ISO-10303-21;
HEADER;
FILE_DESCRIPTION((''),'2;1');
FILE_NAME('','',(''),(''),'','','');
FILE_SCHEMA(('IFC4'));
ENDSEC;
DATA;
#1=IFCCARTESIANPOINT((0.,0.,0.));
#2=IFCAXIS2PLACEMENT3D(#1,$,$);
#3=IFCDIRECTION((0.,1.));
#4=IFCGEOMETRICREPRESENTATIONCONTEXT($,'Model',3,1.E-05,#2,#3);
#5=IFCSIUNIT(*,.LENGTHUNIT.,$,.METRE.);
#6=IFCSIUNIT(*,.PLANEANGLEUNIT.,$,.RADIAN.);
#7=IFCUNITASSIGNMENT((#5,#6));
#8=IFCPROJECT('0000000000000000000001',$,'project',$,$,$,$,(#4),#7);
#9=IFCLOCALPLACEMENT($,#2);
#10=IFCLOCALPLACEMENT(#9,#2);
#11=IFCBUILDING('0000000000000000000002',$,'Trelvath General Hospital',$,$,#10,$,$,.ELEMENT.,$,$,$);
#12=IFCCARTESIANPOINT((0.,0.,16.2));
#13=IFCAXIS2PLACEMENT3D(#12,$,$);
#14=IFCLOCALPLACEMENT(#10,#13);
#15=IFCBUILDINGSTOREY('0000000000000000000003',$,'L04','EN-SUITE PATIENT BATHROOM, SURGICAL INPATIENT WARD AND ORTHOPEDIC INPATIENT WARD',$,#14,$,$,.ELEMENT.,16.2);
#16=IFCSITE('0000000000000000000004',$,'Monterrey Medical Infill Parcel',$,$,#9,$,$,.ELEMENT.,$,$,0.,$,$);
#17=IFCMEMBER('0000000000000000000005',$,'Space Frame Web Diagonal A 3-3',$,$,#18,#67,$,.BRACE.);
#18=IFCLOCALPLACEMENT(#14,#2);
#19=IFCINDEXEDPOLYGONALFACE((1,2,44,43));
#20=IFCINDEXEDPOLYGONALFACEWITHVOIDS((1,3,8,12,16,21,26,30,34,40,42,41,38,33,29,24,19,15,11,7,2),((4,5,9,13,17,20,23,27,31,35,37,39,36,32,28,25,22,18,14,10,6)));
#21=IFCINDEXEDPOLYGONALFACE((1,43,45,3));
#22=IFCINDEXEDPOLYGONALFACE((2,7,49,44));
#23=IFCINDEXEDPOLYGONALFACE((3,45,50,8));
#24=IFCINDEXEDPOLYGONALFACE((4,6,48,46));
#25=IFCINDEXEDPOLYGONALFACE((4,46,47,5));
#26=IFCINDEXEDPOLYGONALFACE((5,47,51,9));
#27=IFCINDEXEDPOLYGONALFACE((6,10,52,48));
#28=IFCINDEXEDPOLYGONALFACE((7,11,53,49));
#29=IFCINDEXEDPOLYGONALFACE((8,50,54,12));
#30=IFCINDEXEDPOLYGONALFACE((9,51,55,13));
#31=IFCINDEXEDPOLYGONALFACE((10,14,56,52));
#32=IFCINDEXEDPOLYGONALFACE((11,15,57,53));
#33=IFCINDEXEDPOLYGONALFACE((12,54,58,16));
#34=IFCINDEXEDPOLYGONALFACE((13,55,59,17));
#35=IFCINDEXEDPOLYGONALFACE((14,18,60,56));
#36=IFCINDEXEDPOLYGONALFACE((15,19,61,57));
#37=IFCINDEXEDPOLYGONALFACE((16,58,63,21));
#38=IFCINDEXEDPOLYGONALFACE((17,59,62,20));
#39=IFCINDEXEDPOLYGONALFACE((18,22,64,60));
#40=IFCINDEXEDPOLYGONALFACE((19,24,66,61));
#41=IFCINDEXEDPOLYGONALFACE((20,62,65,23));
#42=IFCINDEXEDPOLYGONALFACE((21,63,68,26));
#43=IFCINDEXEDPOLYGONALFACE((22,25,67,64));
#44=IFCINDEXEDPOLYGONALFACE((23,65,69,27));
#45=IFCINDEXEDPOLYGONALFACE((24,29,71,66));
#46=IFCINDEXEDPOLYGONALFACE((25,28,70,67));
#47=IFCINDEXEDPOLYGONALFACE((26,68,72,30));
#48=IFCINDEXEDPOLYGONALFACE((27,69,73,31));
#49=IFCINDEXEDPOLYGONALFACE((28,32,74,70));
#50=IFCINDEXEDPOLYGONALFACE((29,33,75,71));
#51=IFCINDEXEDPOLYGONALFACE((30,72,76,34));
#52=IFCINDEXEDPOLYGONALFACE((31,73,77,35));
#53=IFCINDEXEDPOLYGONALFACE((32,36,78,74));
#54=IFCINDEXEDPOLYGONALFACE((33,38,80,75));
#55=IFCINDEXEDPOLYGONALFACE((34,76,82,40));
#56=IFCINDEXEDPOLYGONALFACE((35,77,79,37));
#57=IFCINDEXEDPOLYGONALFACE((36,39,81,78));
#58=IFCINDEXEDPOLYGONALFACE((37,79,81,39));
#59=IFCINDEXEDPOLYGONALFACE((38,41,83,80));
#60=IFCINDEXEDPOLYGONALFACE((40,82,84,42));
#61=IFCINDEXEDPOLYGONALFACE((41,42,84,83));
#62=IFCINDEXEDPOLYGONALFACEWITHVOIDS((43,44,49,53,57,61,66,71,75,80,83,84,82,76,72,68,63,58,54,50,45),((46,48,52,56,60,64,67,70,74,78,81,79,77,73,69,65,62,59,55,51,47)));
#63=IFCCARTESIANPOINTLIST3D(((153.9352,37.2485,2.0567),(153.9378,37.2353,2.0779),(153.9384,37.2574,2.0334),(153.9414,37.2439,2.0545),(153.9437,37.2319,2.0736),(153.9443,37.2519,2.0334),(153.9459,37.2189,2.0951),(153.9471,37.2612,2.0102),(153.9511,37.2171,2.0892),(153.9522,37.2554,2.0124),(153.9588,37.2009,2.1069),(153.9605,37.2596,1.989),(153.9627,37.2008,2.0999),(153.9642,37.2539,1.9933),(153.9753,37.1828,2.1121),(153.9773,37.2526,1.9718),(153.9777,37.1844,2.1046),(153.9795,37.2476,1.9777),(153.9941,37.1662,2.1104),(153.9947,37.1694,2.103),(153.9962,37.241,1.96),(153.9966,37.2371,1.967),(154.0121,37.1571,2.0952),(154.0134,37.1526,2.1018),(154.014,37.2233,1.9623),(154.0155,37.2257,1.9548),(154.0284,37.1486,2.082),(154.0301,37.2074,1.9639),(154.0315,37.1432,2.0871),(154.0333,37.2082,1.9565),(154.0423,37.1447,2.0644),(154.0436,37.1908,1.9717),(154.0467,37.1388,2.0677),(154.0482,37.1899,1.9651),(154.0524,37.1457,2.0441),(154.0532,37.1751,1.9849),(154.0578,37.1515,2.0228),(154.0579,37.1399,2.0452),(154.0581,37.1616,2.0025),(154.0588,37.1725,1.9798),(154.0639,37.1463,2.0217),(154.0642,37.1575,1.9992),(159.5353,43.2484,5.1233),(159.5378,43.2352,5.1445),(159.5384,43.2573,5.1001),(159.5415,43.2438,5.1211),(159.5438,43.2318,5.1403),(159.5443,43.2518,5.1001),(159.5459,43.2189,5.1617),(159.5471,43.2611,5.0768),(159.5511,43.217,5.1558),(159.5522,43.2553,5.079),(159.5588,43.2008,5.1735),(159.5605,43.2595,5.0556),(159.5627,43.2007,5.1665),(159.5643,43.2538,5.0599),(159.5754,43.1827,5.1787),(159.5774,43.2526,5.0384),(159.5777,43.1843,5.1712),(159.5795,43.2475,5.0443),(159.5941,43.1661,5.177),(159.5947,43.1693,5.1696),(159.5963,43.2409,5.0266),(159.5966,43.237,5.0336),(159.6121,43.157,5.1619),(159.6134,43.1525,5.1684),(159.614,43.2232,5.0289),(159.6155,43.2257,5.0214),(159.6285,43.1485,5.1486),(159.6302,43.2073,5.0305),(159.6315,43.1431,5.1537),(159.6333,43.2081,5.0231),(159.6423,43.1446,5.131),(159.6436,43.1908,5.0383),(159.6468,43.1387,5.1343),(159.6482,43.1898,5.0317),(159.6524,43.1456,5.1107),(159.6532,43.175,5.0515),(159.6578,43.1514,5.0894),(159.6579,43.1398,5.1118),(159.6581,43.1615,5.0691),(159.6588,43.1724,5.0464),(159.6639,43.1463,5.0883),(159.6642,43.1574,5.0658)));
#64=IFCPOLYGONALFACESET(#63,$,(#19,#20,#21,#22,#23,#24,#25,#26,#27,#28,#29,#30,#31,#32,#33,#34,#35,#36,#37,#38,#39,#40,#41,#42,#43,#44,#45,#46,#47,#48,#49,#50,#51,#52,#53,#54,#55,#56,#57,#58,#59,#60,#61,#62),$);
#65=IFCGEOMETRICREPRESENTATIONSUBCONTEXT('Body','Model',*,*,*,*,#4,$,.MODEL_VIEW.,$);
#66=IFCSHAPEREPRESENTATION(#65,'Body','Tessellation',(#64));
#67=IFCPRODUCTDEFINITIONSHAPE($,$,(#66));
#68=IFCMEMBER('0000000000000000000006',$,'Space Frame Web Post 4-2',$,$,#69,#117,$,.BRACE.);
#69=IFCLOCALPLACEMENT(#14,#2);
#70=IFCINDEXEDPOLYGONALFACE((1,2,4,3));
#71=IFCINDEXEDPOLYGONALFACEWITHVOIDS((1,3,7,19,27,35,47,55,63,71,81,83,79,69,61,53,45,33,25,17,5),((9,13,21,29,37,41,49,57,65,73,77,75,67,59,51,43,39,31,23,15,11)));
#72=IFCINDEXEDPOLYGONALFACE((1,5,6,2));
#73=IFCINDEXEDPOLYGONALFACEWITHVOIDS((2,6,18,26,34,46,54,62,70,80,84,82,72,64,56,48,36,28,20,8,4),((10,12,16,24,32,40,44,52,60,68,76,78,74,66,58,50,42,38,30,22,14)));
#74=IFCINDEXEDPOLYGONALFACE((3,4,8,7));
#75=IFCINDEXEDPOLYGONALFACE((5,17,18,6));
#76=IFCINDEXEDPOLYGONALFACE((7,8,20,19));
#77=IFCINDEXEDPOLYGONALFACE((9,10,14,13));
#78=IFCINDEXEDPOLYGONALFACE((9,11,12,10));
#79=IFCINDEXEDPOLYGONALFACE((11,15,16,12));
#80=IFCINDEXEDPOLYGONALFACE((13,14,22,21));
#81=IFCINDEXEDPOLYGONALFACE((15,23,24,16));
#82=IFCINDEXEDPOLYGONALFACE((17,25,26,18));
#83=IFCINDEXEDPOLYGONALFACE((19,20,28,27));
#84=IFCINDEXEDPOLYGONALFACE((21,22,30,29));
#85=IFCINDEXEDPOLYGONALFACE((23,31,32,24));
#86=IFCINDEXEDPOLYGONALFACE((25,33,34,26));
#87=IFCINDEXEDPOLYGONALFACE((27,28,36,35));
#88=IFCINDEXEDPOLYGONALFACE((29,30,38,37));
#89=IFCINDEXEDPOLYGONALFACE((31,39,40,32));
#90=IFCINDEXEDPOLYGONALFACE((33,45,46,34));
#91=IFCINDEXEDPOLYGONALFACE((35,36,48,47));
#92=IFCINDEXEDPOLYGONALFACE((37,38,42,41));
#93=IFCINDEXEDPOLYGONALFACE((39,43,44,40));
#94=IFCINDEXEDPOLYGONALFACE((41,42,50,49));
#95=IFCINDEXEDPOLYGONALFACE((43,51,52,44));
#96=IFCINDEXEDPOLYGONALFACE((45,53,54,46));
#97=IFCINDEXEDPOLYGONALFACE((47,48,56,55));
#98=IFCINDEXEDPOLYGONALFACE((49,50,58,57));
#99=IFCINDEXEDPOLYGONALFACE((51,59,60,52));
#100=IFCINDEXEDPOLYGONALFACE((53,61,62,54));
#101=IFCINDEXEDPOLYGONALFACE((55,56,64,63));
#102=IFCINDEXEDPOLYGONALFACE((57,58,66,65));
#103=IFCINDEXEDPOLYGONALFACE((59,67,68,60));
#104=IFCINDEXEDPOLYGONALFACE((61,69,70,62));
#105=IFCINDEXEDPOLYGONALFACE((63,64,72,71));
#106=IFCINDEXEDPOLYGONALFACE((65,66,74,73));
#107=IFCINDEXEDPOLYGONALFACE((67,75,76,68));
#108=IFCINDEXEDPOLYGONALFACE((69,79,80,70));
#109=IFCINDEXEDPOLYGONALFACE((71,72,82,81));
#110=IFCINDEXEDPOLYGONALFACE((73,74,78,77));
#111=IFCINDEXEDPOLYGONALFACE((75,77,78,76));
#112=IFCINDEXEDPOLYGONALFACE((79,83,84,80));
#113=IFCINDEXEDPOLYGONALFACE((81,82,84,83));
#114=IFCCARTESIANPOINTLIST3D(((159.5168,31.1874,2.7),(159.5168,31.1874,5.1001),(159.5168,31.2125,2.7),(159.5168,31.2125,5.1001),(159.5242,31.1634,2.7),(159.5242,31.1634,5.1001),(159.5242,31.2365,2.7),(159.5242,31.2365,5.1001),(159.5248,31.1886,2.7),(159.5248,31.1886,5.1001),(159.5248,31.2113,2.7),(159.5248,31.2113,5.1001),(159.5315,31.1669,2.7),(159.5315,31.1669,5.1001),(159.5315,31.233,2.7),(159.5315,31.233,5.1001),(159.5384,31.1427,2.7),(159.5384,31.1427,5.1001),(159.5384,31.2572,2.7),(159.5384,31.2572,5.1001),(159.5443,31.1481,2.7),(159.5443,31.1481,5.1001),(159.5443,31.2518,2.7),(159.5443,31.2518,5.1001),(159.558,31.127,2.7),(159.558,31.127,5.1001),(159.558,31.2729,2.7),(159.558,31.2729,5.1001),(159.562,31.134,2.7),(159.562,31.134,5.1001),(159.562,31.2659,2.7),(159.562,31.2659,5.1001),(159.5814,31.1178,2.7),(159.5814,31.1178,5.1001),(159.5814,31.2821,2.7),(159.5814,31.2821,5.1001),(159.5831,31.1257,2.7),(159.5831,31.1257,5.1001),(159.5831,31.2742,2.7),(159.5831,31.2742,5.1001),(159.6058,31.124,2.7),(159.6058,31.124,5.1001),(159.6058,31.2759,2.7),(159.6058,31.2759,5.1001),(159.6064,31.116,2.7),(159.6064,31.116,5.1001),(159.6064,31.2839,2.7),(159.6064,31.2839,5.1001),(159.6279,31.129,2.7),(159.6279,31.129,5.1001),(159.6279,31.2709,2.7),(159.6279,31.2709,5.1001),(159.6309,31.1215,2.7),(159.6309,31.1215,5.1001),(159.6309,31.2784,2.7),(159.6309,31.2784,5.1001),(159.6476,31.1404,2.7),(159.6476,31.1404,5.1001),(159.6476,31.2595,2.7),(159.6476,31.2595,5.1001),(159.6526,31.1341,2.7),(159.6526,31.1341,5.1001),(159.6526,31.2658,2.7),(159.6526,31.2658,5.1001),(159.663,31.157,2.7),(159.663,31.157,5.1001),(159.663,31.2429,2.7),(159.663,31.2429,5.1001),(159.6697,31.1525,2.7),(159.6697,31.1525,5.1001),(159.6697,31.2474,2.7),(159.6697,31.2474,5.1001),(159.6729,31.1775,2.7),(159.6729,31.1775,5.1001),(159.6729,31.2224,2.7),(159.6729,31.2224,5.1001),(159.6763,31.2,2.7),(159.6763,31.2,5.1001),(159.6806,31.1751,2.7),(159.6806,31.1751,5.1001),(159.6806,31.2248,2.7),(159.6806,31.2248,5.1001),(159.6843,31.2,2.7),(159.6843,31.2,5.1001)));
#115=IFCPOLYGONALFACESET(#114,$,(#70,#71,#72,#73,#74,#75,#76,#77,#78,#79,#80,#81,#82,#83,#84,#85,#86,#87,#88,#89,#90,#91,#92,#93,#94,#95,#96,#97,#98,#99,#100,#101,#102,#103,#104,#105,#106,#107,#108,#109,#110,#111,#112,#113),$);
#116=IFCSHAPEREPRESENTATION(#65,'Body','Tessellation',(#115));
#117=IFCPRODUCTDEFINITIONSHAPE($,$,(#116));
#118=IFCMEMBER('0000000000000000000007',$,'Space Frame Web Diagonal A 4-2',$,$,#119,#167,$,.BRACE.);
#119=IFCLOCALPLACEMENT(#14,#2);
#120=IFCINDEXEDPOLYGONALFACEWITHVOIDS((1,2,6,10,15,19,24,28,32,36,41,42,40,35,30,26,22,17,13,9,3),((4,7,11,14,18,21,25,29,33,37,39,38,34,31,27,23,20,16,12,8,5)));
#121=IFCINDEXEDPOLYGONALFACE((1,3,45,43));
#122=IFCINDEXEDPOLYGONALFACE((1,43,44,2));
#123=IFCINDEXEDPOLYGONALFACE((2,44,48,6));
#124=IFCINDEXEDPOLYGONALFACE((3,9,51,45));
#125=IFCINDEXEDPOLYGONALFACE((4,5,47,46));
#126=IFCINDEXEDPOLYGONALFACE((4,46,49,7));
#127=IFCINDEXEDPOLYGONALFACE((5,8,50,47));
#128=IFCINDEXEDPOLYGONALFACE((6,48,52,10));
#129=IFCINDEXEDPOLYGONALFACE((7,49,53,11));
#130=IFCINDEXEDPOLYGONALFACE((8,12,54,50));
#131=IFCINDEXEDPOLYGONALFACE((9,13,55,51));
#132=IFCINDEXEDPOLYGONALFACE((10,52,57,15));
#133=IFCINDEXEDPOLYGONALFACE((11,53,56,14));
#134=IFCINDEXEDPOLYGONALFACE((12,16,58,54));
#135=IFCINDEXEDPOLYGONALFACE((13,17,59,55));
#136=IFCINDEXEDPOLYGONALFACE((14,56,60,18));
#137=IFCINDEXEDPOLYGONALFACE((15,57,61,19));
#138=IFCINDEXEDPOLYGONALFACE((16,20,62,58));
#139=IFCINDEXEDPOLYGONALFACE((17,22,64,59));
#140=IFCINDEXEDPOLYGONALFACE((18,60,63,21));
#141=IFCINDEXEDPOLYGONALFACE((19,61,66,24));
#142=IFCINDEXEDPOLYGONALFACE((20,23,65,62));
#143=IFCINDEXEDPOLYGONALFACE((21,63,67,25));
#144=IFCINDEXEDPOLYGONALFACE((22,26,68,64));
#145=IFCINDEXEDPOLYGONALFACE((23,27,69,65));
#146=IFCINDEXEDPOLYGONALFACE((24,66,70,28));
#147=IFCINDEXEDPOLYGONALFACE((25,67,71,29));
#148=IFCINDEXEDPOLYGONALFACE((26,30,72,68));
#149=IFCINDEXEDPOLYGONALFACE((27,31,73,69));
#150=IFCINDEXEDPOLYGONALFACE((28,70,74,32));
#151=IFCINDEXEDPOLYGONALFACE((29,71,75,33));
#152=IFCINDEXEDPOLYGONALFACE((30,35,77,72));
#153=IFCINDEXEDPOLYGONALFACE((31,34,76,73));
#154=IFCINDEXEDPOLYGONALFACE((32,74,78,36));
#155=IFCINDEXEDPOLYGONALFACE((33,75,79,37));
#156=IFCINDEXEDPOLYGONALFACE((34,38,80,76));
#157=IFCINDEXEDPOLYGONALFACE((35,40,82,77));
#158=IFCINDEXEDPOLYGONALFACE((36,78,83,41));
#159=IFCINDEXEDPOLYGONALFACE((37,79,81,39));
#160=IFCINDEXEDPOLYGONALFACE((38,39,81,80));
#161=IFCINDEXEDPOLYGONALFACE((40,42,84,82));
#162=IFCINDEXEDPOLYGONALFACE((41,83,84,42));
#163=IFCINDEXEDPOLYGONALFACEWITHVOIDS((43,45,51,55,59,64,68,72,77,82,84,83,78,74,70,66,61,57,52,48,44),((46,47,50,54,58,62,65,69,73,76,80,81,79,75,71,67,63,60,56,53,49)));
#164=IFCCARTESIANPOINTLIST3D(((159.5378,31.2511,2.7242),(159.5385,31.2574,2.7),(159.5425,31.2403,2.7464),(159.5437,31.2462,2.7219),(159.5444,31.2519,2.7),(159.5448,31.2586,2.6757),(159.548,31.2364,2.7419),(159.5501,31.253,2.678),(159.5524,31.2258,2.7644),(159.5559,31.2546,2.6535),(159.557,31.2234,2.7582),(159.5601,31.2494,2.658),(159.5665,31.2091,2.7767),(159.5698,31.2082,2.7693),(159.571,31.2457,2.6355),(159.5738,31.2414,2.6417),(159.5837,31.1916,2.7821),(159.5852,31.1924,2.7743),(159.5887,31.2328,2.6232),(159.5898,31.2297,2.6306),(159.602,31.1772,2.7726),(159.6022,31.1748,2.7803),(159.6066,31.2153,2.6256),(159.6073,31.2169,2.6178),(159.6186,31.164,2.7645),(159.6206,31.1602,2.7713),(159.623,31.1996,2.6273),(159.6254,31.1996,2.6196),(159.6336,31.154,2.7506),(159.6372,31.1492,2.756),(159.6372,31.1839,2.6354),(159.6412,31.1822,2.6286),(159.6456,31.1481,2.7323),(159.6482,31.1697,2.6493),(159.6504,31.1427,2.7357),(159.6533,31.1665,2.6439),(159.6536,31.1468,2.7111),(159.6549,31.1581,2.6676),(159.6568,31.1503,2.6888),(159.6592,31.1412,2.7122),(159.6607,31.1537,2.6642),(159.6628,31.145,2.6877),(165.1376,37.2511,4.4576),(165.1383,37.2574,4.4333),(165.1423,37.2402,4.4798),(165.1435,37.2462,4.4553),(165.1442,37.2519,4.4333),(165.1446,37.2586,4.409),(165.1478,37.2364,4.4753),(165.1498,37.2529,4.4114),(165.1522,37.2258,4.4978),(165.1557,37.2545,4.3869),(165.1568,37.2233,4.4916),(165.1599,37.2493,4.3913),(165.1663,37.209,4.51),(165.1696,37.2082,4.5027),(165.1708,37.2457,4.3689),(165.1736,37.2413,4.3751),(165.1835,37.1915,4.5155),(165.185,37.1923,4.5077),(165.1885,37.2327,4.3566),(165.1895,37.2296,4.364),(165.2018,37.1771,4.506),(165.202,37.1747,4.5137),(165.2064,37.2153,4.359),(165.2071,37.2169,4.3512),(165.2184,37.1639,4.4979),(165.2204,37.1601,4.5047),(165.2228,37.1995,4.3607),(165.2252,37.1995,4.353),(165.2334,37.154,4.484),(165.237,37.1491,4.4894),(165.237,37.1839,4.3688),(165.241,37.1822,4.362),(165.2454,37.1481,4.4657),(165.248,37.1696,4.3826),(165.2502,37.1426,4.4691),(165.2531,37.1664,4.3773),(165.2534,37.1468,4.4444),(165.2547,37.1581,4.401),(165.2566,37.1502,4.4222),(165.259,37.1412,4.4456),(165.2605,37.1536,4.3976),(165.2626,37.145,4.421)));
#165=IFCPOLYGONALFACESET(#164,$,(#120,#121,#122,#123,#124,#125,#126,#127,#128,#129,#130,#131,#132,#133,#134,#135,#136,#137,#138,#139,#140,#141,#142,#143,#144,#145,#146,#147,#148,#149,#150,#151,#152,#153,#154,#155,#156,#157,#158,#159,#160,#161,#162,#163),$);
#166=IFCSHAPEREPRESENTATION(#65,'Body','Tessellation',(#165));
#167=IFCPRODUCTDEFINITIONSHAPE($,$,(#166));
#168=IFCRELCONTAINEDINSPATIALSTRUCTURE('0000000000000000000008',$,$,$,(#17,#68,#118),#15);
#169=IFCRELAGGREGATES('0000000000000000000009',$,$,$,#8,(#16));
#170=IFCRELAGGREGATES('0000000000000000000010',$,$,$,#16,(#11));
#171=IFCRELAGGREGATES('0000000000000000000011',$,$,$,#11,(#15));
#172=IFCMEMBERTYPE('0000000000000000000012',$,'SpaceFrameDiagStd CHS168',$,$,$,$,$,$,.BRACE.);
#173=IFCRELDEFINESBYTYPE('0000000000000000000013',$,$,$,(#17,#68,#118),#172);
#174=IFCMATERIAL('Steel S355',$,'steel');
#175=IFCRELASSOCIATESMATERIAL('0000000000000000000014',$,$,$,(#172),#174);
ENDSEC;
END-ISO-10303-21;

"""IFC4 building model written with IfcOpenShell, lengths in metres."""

from ifc_helpers import new_model, si_unit, direction, frame, origin, origin_2d, place, context, subcontext, project, spatial, hollow_circle, extrude, material, material_profile, profile_set, type_object, element, save


model = new_model("IFC4")

# Units and contexts
model_context = context("Model", 3, precision=1e-05, world=origin(), true_north=direction((0.0, 1.0)))
body_context = subcontext(model_context, "Body", "Model", "MODEL_VIEW")
ifc_project = project(units=[si_unit("LENGTHUNIT", "METRE"), si_unit("PLANEANGLEUNIT", "RADIAN")], contexts=[model_context])

# Site, building, storey
site_placement = place(None, origin())
site = spatial("IfcSite", under=ifc_project, at=site_placement, Name="Monterrey Medical Infill Parcel", CompositionType="ELEMENT", RefElevation=0.0)
building_placement = place(site_placement, origin())
building = spatial("IfcBuilding", under=site, at=building_placement, Name="Trelvath General Hospital", CompositionType="ELEMENT")
storey_placement = place(building_placement, frame((0.0, 0.0, 16.2)))
storey = spatial("IfcBuildingStorey", under=building, at=storey_placement, Name="L04", Description="EN-SUITE PATIENT BATHROOM, SURGICAL INPATIENT WARD AND ORTHOPEDIC INPATIENT WARD", CompositionType="ELEMENT", Elevation=16.2)

# Members
ifc_material_1 = material(Name="Steel S355", Category="steel")
ifc_material_profile_1 = material_profile(ifc_material_1, hollow_circle(Radius=0.0842, WallThickness=0.0081, at=origin_2d()), Name="CHS168.3x8.0")
ifc_profile_set_1 = profile_set([ifc_material_profile_1], Name="Steel S355")
member_type_1 = type_object("IfcMemberType", Name="SpaceFrameDiagStd CHS168", PredefinedType="BRACE", material=ifc_profile_set_1)
member_1_placement = place(storey_placement, frame((154.0, 37.2, 2.0334), z_axis=(0.639165, 0.684807, 0.350011), x_axis=(-0.731049, 0.682325, 0.0)))
element("IfcMember", 1, at=member_1_placement, inside=storey, type_object=member_type_1, Name="Space Frame Web Diagonal A 3-3", PredefinedType="BRACE", context=body_context, shape_type="SweptSolid", body=[
    extrude(hollow_circle(Radius=0.0842, WallThickness=0.0081, at=origin_2d()), origin(), (0.0, 0.0, 1.0), 8.7615),
])
member_2_placement = place(storey_placement, frame((159.6001, 31.2, 2.7), z_axis=(0.0, 0.0, 1.0), x_axis=(1.0, 0.0, 0.0)))
element("IfcMember", 2, at=member_2_placement, inside=storey, type_object=member_type_1, Name="Space Frame Web Post 4-2", PredefinedType="BRACE", context=body_context, shape_type="SweptSolid", body=[
    extrude(hollow_circle(Radius=0.0842, WallThickness=0.0081, at=origin_2d()), origin(), (0.0, 0.0, 1.0), 2.4001),
])
member_3_placement = place(storey_placement, frame((159.6001, 31.2, 2.7), z_axis=(0.667582, 0.715285, 0.206646), x_axis=(-0.731064, 0.682309, 0.0)))
element("IfcMember", 3, at=member_3_placement, inside=storey, type_object=member_type_1, Name="Space Frame Web Diagonal A 4-2", PredefinedType="BRACE", context=body_context, shape_type="SweptSolid", body=[
    extrude(hollow_circle(Radius=0.0842, WallThickness=0.0081, at=origin_2d()), origin(), (0.0, 0.0, 1.0), 8.3882),
])

save(model, "model.ifc")
